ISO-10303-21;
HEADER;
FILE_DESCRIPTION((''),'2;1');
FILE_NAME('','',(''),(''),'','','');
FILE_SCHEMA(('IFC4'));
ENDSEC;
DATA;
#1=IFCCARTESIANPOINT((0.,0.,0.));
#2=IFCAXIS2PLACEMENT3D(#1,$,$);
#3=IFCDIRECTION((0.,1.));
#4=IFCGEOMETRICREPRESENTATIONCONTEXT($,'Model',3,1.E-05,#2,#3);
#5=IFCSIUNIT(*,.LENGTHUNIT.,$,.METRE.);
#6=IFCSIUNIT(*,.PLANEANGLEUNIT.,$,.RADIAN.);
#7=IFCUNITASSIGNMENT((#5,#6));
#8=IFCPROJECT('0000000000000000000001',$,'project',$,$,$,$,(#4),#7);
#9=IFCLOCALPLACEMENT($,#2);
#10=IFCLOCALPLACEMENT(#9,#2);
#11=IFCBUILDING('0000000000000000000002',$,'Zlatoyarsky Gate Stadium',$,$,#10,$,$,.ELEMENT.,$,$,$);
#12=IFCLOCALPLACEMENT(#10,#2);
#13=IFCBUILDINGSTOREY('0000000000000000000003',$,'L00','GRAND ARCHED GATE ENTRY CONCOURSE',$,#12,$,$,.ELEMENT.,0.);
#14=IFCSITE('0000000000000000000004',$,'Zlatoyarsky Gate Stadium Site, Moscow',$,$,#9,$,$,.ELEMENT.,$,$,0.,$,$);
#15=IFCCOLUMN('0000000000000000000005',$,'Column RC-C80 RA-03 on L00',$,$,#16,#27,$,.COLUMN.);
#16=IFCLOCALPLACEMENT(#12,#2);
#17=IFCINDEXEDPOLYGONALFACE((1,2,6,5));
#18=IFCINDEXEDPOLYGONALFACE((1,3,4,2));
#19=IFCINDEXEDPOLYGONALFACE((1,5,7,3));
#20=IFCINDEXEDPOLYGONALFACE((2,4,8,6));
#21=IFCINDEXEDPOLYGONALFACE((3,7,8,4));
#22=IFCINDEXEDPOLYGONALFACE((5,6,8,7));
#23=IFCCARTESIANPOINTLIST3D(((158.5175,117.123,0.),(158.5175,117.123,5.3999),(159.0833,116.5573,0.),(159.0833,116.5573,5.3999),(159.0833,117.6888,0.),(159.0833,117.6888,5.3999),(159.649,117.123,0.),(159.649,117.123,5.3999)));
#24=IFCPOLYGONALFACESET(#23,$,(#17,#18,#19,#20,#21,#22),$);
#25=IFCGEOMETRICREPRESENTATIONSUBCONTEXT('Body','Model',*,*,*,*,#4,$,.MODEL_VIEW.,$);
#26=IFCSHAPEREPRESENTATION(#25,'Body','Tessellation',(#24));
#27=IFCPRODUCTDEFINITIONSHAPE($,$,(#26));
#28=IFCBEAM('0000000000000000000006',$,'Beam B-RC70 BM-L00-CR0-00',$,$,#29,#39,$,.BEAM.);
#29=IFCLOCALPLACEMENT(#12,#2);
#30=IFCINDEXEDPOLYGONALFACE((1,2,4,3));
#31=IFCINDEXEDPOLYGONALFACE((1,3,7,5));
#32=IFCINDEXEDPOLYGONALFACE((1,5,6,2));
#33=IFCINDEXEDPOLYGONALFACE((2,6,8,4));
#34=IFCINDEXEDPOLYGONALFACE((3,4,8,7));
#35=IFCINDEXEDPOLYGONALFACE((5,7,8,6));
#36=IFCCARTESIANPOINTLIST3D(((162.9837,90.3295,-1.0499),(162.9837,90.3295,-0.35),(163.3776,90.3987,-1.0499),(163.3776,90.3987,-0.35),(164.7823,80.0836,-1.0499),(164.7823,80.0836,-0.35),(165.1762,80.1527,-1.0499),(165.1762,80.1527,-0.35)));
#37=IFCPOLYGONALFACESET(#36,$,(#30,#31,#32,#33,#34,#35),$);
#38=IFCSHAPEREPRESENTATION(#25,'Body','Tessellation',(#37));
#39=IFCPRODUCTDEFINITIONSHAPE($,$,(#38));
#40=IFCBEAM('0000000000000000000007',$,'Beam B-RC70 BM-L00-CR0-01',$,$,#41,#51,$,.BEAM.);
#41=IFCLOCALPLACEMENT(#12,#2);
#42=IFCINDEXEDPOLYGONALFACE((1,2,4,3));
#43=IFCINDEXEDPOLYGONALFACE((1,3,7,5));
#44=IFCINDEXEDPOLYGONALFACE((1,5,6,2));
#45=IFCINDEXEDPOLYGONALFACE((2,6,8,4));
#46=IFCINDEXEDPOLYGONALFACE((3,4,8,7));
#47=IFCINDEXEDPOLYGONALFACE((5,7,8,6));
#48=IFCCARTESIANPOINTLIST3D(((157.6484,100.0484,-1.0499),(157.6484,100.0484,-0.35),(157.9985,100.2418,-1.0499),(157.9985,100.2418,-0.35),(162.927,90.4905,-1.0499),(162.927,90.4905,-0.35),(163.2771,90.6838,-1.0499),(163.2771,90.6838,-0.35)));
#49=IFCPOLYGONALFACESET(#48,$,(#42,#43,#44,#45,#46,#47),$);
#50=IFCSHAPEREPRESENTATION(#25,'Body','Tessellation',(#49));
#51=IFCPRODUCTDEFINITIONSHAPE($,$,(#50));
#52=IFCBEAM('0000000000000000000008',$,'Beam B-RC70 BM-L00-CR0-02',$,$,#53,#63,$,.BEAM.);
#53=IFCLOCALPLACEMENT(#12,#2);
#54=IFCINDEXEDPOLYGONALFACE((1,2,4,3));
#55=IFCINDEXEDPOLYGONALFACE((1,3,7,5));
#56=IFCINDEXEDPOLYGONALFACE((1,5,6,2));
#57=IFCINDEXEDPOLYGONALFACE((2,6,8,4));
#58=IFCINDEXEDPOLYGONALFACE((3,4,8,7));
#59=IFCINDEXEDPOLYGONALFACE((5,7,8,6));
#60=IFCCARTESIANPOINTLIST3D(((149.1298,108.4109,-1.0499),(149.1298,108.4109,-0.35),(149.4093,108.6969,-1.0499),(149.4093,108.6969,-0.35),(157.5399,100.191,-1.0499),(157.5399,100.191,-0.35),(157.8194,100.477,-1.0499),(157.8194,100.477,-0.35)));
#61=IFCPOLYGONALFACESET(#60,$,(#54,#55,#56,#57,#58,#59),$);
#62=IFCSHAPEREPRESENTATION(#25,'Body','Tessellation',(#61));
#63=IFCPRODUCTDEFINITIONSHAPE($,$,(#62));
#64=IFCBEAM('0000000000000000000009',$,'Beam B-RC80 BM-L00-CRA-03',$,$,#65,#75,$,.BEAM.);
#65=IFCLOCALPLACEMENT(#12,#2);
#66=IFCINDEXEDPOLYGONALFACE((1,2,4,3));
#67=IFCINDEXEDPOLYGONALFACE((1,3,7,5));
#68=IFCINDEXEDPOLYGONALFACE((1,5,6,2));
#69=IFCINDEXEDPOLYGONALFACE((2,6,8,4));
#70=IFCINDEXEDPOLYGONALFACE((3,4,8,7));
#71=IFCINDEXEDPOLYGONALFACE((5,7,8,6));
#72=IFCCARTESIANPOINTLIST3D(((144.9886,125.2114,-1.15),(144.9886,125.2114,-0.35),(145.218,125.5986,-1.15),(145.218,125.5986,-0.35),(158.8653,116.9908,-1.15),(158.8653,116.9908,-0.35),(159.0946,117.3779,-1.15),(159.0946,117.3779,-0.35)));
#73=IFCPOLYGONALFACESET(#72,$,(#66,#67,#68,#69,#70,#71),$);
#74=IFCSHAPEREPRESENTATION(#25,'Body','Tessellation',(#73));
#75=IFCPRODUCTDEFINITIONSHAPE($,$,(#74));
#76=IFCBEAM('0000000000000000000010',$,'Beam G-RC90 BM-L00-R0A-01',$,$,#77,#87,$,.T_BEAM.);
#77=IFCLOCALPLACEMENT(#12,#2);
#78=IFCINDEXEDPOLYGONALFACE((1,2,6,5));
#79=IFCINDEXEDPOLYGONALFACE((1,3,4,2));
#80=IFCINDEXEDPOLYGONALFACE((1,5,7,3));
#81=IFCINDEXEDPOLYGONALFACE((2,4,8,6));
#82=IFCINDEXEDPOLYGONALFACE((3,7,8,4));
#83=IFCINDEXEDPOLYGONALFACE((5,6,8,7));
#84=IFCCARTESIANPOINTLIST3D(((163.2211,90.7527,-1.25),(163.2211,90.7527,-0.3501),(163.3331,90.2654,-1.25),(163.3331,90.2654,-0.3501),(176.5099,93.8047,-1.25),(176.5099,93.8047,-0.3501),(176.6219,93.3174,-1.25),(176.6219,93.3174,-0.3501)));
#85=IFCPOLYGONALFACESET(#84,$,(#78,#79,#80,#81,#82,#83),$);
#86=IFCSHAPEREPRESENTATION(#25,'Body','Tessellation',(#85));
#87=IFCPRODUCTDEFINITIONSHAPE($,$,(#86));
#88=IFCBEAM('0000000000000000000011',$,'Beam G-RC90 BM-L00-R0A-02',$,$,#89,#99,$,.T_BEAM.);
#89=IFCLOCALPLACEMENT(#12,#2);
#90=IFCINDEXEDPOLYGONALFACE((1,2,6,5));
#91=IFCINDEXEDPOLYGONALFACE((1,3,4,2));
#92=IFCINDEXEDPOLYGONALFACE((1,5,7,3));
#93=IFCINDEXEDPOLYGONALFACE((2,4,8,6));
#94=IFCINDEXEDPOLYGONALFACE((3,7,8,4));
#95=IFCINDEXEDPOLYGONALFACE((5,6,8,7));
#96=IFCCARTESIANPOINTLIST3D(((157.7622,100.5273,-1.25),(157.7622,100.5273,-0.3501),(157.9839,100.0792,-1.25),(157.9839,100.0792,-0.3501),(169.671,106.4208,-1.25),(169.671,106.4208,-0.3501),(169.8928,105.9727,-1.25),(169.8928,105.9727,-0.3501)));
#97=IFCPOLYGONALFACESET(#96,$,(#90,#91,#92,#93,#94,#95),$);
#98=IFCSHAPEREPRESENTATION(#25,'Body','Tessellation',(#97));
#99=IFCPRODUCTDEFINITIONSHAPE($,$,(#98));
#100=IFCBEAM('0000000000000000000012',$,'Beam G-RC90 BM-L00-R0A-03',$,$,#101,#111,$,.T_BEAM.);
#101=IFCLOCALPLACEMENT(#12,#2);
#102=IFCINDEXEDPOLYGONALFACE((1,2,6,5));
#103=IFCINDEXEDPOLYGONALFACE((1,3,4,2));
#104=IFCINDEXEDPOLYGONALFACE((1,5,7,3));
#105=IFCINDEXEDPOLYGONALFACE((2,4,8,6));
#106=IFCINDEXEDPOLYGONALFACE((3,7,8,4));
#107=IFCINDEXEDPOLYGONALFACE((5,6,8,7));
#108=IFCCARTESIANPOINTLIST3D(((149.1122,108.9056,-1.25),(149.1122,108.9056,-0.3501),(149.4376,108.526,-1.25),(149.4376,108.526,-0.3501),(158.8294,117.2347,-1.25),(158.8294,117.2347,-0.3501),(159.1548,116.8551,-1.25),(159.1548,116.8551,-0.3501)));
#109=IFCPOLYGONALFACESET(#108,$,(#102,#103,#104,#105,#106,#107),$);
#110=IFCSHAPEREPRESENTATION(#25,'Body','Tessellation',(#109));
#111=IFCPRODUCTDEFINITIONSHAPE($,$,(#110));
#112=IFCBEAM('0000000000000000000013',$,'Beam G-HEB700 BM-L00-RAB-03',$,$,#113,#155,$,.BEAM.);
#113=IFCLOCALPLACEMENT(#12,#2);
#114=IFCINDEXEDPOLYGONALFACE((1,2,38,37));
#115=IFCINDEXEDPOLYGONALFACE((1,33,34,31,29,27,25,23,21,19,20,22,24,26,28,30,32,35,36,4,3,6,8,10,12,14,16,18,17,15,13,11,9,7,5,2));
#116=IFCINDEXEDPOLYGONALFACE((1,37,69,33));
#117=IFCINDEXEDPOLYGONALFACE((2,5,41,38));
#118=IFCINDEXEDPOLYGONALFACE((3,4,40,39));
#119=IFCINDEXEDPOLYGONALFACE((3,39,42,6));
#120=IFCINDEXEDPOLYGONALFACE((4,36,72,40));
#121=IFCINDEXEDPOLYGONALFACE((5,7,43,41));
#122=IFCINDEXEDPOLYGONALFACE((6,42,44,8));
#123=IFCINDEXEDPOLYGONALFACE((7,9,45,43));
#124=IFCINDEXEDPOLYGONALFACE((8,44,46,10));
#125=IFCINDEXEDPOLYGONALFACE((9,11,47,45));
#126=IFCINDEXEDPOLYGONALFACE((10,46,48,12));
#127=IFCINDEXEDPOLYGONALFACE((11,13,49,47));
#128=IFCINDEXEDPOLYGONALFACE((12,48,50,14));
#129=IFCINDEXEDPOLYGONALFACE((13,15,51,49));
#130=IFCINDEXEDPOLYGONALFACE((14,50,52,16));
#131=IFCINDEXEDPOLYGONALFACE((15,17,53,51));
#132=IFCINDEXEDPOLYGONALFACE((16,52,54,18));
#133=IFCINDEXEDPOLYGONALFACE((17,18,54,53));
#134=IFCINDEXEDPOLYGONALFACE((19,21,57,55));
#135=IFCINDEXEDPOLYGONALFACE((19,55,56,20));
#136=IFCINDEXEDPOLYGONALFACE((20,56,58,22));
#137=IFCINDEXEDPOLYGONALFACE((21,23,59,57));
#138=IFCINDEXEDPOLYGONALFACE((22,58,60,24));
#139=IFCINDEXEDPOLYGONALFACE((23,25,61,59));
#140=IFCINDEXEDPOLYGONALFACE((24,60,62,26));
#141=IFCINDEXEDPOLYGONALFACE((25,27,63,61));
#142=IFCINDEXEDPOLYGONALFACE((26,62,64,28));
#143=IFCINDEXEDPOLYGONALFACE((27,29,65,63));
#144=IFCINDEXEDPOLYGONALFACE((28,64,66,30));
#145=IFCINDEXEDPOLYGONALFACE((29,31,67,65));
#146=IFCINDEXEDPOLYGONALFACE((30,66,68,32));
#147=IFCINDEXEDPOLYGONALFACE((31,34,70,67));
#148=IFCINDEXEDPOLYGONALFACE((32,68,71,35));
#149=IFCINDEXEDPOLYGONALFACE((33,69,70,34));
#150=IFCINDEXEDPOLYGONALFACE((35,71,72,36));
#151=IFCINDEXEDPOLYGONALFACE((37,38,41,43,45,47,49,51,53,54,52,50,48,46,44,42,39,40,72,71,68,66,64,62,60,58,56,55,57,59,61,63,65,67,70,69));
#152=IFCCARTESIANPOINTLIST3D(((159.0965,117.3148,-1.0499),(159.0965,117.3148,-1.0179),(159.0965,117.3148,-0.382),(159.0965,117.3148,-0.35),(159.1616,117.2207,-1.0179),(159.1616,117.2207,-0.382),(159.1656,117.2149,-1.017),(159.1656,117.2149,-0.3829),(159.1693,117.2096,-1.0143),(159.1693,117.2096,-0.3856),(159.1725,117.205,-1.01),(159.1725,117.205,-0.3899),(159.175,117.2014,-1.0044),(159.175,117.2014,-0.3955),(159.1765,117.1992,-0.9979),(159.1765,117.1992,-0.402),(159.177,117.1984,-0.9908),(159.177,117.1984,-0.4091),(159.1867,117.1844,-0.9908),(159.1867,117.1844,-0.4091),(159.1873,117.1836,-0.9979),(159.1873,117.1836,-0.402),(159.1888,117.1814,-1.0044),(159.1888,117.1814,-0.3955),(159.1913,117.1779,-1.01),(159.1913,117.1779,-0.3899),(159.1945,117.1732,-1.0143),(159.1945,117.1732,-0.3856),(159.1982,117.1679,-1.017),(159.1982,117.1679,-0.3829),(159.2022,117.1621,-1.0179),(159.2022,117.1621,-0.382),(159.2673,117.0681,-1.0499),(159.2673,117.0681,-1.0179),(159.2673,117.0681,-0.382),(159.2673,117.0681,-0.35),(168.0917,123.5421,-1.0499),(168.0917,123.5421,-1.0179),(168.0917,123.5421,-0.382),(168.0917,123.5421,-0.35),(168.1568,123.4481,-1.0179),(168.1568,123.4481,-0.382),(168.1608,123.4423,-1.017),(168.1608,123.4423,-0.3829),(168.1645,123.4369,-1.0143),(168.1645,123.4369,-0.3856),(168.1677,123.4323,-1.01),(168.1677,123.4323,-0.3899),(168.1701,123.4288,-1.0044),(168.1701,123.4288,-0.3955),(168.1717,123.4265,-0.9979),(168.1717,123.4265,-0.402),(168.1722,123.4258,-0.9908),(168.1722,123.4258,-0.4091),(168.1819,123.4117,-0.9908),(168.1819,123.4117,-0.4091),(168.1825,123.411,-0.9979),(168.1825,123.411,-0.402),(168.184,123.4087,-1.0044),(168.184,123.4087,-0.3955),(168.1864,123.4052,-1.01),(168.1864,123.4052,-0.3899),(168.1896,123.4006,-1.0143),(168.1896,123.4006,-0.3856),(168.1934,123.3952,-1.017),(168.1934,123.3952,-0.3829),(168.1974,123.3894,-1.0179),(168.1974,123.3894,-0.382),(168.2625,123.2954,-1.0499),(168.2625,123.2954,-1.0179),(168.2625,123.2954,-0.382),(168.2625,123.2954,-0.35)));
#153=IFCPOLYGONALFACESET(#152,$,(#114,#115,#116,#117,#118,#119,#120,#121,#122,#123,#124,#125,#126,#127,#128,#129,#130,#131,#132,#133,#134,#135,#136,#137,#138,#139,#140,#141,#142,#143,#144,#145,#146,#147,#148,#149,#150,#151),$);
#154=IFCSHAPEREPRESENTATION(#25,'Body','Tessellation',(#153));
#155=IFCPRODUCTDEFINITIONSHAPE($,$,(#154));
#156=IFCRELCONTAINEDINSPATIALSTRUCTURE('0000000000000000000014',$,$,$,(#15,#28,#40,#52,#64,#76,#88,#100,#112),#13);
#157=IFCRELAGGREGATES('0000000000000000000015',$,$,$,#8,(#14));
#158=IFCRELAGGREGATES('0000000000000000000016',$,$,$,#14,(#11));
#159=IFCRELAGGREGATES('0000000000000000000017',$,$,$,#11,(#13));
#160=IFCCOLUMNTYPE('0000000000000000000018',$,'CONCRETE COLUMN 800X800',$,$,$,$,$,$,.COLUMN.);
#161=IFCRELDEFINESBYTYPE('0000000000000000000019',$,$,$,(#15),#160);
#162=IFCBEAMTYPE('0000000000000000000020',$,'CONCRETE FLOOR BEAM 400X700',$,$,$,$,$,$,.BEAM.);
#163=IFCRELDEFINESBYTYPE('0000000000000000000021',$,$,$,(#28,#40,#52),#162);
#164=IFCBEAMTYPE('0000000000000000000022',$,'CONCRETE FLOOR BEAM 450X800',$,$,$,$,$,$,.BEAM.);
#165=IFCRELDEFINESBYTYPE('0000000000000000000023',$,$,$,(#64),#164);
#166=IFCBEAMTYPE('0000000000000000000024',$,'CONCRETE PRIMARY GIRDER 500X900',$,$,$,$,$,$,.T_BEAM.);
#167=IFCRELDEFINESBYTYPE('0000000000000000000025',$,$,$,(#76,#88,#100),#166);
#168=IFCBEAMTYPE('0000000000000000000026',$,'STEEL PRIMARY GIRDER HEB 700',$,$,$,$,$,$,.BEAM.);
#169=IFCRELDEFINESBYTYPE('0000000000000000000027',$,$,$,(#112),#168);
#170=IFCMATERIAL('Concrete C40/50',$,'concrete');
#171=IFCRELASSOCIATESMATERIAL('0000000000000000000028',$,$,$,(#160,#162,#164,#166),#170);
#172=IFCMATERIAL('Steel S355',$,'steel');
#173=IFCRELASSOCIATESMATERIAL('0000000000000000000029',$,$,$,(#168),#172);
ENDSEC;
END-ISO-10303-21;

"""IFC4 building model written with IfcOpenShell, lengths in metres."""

from ifc_helpers import new_model, si_unit, direction, frame, origin, origin_2d, place, context, subcontext, project, spatial, rectangle, i_section, extrude, material, material_profile, profile_set, type_object, element, save


model = new_model("IFC4")

# Units and contexts
model_context = context("Model", 3, precision=1e-05, world=origin(), true_north=direction((0.0, 1.0)))
body_context = subcontext(model_context, "Body", "Model", "MODEL_VIEW")
ifc_project = project(units=[si_unit("LENGTHUNIT", "METRE"), si_unit("PLANEANGLEUNIT", "RADIAN")], contexts=[model_context])

# Site, building, storey
site_placement = place(None, origin())
site = spatial("IfcSite", under=ifc_project, at=site_placement, Name="Zlatoyarsky Gate Stadium Site, Moscow", CompositionType="ELEMENT", RefElevation=0.0)
building_placement = place(site_placement, origin())
building = spatial("IfcBuilding", under=site, at=building_placement, Name="Zlatoyarsky Gate Stadium", CompositionType="ELEMENT")
storey_placement = place(building_placement, origin())
storey = spatial("IfcBuildingStorey", under=building, at=storey_placement, Name="L00", Description="GRAND ARCHED GATE ENTRY CONCOURSE", CompositionType="ELEMENT", Elevation=0.0)

# Column
ifc_material_1 = material(Name="Concrete C40/50", Category="concrete")
ifc_material_profile_1 = material_profile(ifc_material_1, rectangle(XDim=0.8, YDim=0.8, at=origin_2d()), Name="RC COL 800X800")
ifc_profile_set_1 = profile_set([ifc_material_profile_1], Name="Concrete C40/50")
column_type = type_object("IfcColumnType", Name="CONCRETE COLUMN 800X800", PredefinedType="COLUMN", material=ifc_profile_set_1)
column_placement = place(storey_placement, frame((159.0833, 117.123, 0.0), z_axis=(0.0, 0.0, 1.0), x_axis=(0.707107, 0.707107, 0.0)))
element("IfcColumn", 1, at=column_placement, inside=storey, type_object=column_type, Name="Column RC-C80 RA-03 on L00", PredefinedType="COLUMN", context=body_context, shape_type="SweptSolid", body=[
    extrude(rectangle(XDim=0.8, YDim=0.8, at=origin_2d()), origin(), (0.0, 0.0, 1.0), 5.3999),
])

# Beams
ifc_material_profile_2 = material_profile(ifc_material_1, rectangle(XDim=0.3999, YDim=0.7, at=origin_2d()), Name="RC BEAM 400X700")
ifc_profile_set_2 = profile_set([ifc_material_profile_2], Name="Concrete C40/50")
beam_type_1 = type_object("IfcBeamType", Name="CONCRETE FLOOR BEAM 400X700", PredefinedType="BEAM", material=ifc_profile_set_2)
beam_1_placement = place(storey_placement, frame((164.9792, 80.1182, -0.7), z_axis=(-0.172899, 0.98494, 0.0), x_axis=(-0.98494, -0.172899, 0.0)))
element("IfcBeam", 2, at=beam_1_placement, inside=storey, type_object=beam_type_1, Name="Beam B-RC70 BM-L00-CR0-00", PredefinedType="BEAM", context=body_context, shape_type="SweptSolid", body=[
    extrude(rectangle(XDim=0.3999, YDim=0.7, at=origin_2d()), origin(), (0.0, 0.0, 1.0), 10.4026),
])
beam_2_placement = place(storey_placement, frame((163.1021, 90.5872, -0.7), z_axis=(-0.483447, 0.875374, 0.0), x_axis=(-0.875374, -0.483447, 0.0)))
element("IfcBeam", 3, at=beam_2_placement, inside=storey, type_object=beam_type_1, Name="Beam B-RC70 BM-L00-CR0-01", PredefinedType="BEAM", context=body_context, shape_type="SweptSolid", body=[
    extrude(rectangle(XDim=0.3999, YDim=0.7, at=origin_2d()), origin(), (0.0, 0.0, 1.0), 10.9187),
])
beam_3_placement = place(storey_placement, frame((157.6797, 100.334, -0.7), z_axis=(-0.715147, 0.698974, 0.0), x_axis=(-0.698974, -0.715147, 0.0)))
element("IfcBeam", 4, at=beam_3_placement, inside=storey, type_object=beam_type_1, Name="Beam B-RC70 BM-L00-CR0-02", PredefinedType="BEAM", context=body_context, shape_type="SweptSolid", body=[
    extrude(rectangle(XDim=0.3999, YDim=0.7, at=origin_2d()), origin(), (0.0, 0.0, 1.0), 11.76),
])
ifc_material_profile_3 = material_profile(ifc_material_1, rectangle(XDim=0.45, YDim=0.8, at=origin_2d()), Name="RC BEAM 450X800")
ifc_profile_set_3 = profile_set([ifc_material_profile_3], Name="Concrete C40/50")
beam_type_2 = type_object("IfcBeamType", Name="CONCRETE FLOOR BEAM 450X800", PredefinedType="BEAM", material=ifc_profile_set_3)
beam_4_placement = place(storey_placement, frame((158.98, 117.1843, -0.75), z_axis=(-0.86036, 0.509686, 0.0), x_axis=(-0.509686, -0.86036, 0.0)))
element("IfcBeam", 5, at=beam_4_placement, inside=storey, type_object=beam_type_2, Name="Beam B-RC80 BM-L00-CRA-03", PredefinedType="BEAM", context=body_context, shape_type="SweptSolid", body=[
    extrude(rectangle(XDim=0.45, YDim=0.8, at=origin_2d()), origin(), (0.0, 0.0, 1.0), 16.1289),
])
ifc_material_profile_4 = material_profile(ifc_material_1, rectangle(XDim=0.5, YDim=0.8999, at=origin_2d()), Name="RC GIRDER 500X900")
ifc_profile_set_4 = profile_set([ifc_material_profile_4], Name="Concrete C40/50")
beam_type_3 = type_object("IfcBeamType", Name="CONCRETE PRIMARY GIRDER 500X900", PredefinedType="T_BEAM", material=ifc_profile_set_4)
beam_5_placement = place(storey_placement, frame((163.2771, 90.509, -0.8), z_axis=(0.974626, 0.223839, 0.0), x_axis=(-0.223839, 0.974626, 0.0)))
element("IfcBeam", 6, at=beam_5_placement, inside=storey, type_object=beam_type_3, Name="Beam G-RC90 BM-L00-R0A-01", PredefinedType="T_BEAM", context=body_context, shape_type="SweptSolid", body=[
    extrude(rectangle(XDim=0.5, YDim=0.8999, at=origin_2d()), origin(), (0.0, 0.0, 1.0), 13.6348),
])
beam_6_placement = place(storey_placement, frame((157.873, 100.3032, -0.8), z_axis=(0.896253, 0.443542, 0.0), x_axis=(-0.443542, 0.896253, 0.0)))
element("IfcBeam", 7, at=beam_6_placement, inside=storey, type_object=beam_type_3, Name="Beam G-RC90 BM-L00-R0A-02", PredefinedType="T_BEAM", context=body_context, shape_type="SweptSolid", body=[
    extrude(rectangle(XDim=0.5, YDim=0.8999, at=origin_2d()), origin(), (0.0, 0.0, 1.0), 13.2874),
])
beam_7_placement = place(storey_placement, frame((149.2749, 108.7158, -0.8), z_axis=(0.759257, 0.650791, 0.0), x_axis=(-0.650791, 0.759257, 0.0)))
element("IfcBeam", 8, at=beam_7_placement, inside=storey, type_object=beam_type_3, Name="Beam G-RC90 BM-L00-R0A-03", PredefinedType="T_BEAM", context=body_context, shape_type="SweptSolid", body=[
    extrude(rectangle(XDim=0.5, YDim=0.8999, at=origin_2d()), origin(), (0.0, 0.0, 1.0), 12.7983),
])
ifc_material_2 = material(Name="Steel S355", Category="steel")
ifc_material_profile_5 = material_profile(ifc_material_2, i_section(OverallWidth=0.3, OverallDepth=0.7, WebThickness=0.0171, FlangeThickness=0.032, FilletRadius=0.0271, at=origin_2d()), Name="HEB 700")
ifc_profile_set_5 = profile_set([ifc_material_profile_5], Name="Steel S355")
beam_type_4 = type_object("IfcBeamType", Name="STEEL PRIMARY GIRDER HEB 700", PredefinedType="BEAM", material=ifc_profile_set_5)
beam_8_placement = place(storey_placement, frame((159.1819, 117.1914, -0.7), z_axis=(0.822196, 0.569204, 0.0), x_axis=(-0.569204, 0.822196, 0.0)))
element("IfcBeam", 9, at=beam_8_placement, inside=storey, type_object=beam_type_4, Name="Beam G-HEB700 BM-L00-RAB-03", PredefinedType="BEAM", context=body_context, shape_type="SweptSolid", body=[
    extrude(i_section(OverallWidth=0.3, OverallDepth=0.7, WebThickness=0.0171, FlangeThickness=0.032, FilletRadius=0.0271, at=origin_2d()), origin(), (0.0, 0.0, 1.0), 10.9404),
])

save(model, "model.ifc")
